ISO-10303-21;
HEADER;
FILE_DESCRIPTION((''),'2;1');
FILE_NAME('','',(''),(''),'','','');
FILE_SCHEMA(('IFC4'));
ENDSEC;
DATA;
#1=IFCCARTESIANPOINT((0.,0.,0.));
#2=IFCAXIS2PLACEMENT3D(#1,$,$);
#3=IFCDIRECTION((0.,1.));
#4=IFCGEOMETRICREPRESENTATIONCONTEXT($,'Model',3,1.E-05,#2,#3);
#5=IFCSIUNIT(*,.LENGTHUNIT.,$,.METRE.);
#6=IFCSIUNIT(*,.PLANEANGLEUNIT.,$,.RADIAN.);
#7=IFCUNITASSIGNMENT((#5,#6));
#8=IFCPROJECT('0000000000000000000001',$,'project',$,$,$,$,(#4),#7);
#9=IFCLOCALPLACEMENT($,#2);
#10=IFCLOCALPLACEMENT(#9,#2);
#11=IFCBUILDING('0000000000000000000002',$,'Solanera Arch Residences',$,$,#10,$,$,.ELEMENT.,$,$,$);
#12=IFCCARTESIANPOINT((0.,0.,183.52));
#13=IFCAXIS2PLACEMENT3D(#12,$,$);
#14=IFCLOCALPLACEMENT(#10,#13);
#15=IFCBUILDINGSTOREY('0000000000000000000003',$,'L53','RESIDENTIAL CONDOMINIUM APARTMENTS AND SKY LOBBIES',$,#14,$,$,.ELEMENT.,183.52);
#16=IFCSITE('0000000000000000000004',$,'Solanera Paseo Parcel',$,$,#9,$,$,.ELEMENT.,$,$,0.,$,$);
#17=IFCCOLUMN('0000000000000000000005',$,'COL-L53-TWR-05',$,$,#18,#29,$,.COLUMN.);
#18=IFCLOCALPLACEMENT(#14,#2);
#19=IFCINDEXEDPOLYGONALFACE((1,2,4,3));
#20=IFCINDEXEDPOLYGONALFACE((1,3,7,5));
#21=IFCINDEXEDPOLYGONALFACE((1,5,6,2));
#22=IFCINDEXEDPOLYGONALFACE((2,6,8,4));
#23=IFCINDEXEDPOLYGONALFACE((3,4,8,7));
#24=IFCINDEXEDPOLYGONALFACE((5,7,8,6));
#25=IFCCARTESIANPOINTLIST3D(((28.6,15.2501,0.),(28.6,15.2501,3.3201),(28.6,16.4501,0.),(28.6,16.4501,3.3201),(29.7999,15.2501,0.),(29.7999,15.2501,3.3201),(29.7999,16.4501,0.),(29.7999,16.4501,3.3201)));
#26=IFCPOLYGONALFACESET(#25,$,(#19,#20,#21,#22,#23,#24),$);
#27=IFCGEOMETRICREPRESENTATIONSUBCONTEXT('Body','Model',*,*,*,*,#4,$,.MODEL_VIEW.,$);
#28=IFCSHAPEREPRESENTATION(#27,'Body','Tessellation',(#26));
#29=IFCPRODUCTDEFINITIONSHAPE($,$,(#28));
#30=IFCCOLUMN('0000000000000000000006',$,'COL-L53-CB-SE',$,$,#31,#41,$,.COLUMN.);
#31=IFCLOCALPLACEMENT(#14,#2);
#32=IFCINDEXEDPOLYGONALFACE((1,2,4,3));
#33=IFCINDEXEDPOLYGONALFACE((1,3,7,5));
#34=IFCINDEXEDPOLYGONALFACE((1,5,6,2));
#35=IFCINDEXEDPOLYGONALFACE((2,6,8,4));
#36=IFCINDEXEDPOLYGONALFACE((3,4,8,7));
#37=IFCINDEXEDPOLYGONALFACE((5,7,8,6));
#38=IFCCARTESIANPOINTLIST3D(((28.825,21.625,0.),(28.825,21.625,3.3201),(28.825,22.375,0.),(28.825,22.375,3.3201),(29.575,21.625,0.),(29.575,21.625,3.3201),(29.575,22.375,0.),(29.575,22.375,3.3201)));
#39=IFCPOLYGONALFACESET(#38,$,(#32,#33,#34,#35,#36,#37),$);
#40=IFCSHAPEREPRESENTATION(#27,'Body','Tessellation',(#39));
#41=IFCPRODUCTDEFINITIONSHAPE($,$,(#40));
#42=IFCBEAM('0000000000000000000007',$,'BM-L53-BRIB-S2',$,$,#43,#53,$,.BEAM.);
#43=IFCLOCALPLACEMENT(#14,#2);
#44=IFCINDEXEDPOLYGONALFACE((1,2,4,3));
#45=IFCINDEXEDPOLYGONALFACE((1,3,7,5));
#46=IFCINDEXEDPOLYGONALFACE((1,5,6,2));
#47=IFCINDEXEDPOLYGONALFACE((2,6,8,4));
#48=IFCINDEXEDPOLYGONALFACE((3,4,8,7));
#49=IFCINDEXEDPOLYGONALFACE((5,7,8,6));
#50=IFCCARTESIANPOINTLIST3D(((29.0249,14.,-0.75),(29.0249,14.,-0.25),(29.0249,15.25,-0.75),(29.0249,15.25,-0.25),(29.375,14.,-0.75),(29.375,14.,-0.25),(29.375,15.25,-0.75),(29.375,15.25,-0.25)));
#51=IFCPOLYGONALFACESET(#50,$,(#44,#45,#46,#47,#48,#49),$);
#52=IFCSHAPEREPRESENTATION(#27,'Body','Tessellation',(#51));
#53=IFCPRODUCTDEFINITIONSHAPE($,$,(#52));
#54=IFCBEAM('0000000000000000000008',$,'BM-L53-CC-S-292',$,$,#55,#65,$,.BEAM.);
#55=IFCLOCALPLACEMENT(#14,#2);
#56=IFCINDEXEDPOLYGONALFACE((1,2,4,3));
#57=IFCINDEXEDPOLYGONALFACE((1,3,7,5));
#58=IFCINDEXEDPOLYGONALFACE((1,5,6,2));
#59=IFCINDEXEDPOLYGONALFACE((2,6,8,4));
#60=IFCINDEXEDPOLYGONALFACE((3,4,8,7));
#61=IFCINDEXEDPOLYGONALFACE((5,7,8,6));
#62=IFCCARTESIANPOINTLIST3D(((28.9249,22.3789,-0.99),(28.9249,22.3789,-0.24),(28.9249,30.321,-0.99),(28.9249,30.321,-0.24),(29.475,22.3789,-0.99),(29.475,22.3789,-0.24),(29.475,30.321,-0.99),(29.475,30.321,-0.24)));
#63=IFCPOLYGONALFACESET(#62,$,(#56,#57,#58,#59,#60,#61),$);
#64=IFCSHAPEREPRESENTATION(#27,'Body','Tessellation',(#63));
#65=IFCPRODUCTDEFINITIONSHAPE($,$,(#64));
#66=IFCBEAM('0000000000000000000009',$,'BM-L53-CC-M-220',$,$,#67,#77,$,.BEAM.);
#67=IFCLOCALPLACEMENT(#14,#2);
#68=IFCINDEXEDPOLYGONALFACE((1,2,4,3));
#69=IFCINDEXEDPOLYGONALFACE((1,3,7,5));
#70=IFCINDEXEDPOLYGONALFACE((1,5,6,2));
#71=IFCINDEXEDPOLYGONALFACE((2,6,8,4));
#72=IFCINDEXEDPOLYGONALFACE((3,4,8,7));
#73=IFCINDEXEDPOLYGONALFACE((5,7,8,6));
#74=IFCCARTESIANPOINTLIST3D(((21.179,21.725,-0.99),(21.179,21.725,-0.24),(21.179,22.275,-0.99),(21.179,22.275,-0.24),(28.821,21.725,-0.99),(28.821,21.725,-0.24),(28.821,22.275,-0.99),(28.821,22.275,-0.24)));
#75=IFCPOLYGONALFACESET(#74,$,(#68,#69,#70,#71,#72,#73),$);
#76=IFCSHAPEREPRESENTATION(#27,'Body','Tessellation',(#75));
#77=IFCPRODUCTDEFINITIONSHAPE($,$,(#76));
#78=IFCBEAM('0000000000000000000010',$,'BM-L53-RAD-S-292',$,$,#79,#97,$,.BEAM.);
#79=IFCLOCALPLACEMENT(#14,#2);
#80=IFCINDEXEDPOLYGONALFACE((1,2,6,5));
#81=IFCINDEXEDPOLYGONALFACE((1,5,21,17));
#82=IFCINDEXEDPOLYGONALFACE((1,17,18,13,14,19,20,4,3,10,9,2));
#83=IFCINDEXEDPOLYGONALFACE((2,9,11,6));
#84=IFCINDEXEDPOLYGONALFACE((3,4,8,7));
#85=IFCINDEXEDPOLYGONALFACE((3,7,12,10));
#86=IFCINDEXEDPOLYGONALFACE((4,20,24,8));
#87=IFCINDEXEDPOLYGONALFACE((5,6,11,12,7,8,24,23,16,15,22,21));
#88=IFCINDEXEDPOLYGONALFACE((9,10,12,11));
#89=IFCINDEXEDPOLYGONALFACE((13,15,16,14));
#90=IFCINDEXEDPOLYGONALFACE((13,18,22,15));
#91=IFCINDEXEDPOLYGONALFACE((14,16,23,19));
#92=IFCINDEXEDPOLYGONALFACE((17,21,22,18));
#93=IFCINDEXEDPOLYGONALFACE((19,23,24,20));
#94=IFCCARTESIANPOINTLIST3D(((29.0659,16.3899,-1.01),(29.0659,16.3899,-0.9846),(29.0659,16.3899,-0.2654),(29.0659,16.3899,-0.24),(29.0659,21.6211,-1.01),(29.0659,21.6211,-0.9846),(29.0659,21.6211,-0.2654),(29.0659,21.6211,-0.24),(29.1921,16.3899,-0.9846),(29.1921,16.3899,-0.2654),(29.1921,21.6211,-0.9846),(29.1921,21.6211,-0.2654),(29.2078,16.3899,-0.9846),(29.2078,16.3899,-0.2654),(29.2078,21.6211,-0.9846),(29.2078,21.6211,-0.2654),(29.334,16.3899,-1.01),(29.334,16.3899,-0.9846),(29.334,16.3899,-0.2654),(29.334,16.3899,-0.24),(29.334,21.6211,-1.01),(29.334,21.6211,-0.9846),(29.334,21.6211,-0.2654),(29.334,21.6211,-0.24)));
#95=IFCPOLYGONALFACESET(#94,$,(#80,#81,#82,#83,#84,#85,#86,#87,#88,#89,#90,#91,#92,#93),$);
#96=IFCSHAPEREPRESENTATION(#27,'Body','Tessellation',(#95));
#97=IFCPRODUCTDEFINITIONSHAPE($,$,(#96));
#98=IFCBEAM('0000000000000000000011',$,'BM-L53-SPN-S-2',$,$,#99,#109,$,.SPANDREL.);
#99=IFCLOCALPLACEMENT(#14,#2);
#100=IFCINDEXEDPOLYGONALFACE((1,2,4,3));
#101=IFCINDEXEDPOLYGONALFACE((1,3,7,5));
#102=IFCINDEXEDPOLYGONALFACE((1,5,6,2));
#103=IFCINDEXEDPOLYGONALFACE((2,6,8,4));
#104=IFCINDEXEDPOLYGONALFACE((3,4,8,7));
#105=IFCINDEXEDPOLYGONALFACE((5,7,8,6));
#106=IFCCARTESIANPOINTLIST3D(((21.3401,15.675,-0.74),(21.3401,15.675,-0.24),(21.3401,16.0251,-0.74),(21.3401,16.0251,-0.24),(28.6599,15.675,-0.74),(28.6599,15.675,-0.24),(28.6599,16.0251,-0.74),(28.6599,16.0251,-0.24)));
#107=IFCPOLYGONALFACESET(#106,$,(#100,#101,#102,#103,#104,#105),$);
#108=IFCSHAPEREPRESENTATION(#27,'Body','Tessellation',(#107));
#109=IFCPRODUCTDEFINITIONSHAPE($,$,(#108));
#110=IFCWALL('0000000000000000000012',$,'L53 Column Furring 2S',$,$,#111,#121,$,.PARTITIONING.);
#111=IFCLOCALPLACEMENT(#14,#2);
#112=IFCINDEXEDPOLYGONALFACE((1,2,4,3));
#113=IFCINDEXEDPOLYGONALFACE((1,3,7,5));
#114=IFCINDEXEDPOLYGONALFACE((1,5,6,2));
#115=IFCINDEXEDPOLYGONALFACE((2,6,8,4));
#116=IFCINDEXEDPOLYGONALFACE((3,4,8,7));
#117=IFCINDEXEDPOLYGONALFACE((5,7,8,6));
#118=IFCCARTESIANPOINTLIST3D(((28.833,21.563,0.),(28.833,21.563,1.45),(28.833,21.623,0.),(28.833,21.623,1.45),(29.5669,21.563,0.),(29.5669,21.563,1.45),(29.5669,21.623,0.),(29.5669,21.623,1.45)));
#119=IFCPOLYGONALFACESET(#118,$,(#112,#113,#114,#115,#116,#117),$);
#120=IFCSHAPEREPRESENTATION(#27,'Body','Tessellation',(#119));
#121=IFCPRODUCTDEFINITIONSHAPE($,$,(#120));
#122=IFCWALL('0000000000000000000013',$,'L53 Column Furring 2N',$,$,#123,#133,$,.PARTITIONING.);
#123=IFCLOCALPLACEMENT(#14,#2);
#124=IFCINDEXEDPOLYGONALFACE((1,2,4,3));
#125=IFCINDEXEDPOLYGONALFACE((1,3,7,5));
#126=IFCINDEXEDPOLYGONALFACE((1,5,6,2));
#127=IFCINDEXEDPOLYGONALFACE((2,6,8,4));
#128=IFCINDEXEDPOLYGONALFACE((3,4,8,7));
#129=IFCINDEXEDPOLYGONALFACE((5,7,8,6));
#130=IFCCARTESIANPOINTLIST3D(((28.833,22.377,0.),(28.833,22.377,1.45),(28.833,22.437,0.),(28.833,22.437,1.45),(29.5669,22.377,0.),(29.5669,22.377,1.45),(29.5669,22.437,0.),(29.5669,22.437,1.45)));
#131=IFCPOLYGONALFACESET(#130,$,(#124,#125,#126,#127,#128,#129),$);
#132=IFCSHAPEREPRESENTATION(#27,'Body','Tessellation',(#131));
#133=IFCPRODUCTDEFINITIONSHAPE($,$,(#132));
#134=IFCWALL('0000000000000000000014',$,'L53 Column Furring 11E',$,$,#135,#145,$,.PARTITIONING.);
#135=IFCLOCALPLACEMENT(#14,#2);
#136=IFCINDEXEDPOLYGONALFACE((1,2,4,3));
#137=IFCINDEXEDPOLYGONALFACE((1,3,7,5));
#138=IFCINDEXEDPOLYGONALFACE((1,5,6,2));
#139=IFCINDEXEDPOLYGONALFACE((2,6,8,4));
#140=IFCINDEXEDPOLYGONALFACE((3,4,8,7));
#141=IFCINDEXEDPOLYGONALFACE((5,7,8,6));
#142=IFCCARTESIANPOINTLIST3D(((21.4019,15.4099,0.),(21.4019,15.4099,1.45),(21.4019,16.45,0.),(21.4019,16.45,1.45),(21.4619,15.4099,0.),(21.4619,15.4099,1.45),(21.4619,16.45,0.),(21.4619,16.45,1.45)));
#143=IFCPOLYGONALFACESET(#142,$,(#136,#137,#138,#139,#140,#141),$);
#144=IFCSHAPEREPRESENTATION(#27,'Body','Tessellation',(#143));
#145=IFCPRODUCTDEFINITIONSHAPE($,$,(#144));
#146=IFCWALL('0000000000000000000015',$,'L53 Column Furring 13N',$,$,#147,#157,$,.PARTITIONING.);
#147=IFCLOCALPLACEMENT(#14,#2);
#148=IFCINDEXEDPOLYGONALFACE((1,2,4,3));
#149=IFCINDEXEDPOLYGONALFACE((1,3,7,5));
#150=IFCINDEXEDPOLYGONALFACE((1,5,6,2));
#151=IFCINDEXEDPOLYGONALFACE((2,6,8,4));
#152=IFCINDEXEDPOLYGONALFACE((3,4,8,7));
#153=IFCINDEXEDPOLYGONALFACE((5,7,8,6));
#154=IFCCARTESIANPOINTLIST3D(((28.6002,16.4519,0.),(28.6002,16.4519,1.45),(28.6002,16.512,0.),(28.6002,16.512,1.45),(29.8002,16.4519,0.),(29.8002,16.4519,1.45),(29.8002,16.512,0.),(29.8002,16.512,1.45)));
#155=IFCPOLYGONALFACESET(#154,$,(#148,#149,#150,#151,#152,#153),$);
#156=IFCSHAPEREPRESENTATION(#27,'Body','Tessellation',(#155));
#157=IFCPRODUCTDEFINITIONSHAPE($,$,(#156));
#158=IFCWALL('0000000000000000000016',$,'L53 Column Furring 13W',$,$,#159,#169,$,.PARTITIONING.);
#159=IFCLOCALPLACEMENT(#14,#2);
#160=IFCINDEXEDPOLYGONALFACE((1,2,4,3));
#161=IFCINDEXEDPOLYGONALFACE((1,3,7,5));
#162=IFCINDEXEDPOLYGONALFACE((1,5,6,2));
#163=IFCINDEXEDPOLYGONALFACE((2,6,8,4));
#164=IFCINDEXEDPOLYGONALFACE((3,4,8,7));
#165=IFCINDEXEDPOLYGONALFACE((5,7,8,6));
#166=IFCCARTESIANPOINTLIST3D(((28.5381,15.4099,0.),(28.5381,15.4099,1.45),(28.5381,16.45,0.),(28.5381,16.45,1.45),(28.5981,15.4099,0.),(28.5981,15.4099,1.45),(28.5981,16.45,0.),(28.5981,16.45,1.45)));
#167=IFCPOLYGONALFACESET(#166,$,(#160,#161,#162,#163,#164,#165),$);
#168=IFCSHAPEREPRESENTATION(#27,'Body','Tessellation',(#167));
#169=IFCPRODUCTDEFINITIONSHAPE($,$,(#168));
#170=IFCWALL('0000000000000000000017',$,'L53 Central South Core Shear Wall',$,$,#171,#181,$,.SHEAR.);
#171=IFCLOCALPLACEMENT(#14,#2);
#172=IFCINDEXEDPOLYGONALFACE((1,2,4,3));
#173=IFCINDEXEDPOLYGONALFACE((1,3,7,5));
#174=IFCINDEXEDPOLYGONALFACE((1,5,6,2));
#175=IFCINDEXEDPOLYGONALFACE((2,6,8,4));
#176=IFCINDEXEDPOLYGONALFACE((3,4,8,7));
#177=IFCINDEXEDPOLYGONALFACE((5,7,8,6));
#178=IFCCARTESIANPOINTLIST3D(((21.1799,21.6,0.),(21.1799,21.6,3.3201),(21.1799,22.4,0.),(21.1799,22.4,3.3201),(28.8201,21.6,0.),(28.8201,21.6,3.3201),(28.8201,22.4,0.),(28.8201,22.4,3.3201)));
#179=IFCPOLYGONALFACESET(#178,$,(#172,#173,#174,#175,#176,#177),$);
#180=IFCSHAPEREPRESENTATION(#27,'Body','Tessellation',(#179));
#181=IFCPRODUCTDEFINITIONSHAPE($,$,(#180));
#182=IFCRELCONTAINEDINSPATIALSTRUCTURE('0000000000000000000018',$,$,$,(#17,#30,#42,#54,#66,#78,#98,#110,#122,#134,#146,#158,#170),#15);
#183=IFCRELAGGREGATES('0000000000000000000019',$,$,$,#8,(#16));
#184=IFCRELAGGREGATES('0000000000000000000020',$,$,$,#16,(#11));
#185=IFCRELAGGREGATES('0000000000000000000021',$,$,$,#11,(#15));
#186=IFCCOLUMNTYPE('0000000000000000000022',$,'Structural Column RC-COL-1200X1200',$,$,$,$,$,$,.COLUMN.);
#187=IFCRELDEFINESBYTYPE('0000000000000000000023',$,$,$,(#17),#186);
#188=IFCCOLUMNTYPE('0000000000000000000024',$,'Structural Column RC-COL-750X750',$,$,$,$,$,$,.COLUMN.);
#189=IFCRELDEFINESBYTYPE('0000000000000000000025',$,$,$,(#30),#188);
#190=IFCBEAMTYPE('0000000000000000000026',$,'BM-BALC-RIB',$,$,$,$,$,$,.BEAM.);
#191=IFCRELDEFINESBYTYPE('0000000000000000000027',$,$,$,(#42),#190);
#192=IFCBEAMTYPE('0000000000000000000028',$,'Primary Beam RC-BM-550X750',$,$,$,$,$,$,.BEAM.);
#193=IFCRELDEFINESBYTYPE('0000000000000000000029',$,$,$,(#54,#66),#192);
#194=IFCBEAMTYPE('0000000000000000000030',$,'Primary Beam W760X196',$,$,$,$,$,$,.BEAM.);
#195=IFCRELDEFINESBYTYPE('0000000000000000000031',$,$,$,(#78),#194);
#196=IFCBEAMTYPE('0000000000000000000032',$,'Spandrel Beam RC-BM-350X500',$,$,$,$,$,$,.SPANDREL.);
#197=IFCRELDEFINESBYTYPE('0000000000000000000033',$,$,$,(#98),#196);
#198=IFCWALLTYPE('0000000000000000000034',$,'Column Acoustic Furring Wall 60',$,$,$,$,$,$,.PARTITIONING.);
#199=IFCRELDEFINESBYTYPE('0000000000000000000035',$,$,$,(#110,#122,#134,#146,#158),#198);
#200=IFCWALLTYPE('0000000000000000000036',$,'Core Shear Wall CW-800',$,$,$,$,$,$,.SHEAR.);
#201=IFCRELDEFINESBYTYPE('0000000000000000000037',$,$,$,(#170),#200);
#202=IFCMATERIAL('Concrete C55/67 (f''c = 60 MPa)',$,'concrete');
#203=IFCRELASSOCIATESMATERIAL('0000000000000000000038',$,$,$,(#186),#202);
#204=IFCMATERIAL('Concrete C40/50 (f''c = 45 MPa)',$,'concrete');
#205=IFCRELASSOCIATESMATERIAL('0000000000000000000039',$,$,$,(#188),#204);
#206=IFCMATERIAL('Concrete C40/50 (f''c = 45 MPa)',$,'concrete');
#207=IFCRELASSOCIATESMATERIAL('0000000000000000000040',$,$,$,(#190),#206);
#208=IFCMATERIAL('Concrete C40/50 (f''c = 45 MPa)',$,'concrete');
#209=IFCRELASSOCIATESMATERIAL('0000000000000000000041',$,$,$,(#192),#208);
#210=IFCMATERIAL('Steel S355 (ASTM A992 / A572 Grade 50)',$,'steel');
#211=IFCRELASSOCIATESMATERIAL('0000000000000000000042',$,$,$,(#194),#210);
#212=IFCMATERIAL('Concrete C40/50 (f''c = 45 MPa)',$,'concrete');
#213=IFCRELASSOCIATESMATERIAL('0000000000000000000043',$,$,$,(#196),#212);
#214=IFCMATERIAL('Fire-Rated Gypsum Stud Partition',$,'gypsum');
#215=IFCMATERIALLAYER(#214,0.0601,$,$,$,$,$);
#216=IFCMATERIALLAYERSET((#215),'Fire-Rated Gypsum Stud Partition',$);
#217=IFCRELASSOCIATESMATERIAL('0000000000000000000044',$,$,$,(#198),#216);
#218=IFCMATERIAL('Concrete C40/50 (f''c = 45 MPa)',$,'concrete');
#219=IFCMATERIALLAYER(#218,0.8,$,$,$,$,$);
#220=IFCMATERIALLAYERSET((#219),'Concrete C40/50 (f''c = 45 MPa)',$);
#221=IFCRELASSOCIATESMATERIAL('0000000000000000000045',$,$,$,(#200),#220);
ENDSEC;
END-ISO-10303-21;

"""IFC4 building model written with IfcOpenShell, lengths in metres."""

from ifc_helpers import new_model, si_unit, direction, frame, frame_2d, origin, origin_2d, place, context, subcontext, project, spatial, rectangle, i_section, extrude, material, layer, layer_set, material_profile, profile_set, type_object, element, save


model = new_model("IFC4")

# Units and contexts
model_context = context("Model", 3, precision=1e-05, world=origin(), true_north=direction((0.0, 1.0)))
body_context = subcontext(model_context, "Body", "Model", "MODEL_VIEW")
ifc_project = project(units=[si_unit("LENGTHUNIT", "METRE"), si_unit("PLANEANGLEUNIT", "RADIAN")], contexts=[model_context])

# Site, building, storey
site_placement = place(None, origin())
site = spatial("IfcSite", under=ifc_project, at=site_placement, Name="Solanera Paseo Parcel", CompositionType="ELEMENT", RefElevation=0.0)
building_placement = place(site_placement, origin())
building = spatial("IfcBuilding", under=site, at=building_placement, Name="Solanera Arch Residences", CompositionType="ELEMENT")
storey_placement = place(building_placement, frame((0.0, 0.0, 183.52)))
storey = spatial("IfcBuildingStorey", under=building, at=storey_placement, Name="L53", Description="RESIDENTIAL CONDOMINIUM APARTMENTS AND SKY LOBBIES", CompositionType="ELEMENT", Elevation=183.52)

# Columns
ifc_material_1 = material(Name="Concrete C55/67 (f'c = 60 MPa)", Category="concrete")
ifc_material_profile_1 = material_profile(ifc_material_1, rectangle(XDim=1.2, YDim=1.2, at=origin_2d()))
ifc_profile_set_1 = profile_set([ifc_material_profile_1], Name="Concrete C55/67 (f'c = 60 MPa)")
column_type_1 = type_object("IfcColumnType", Name="Structural Column RC-COL-1200X1200", PredefinedType="COLUMN", material=ifc_profile_set_1)
column_1_placement = place(storey_placement, frame((29.2, 15.8501, 0.0), z_axis=(0.0, 0.0, 1.0), x_axis=(1.0, 0.0, 0.0)))
element("IfcColumn", 1, at=column_1_placement, inside=storey, type_object=column_type_1, Name="COL-L53-TWR-05", PredefinedType="COLUMN", context=body_context, shape_type="SweptSolid", body=[
    extrude(rectangle(XDim=1.2, YDim=1.2, at=origin_2d()), origin(), (0.0, 0.0, 1.0), 3.3201),
])
ifc_material_2 = material(Name="Concrete C40/50 (f'c = 45 MPa)", Category="concrete")
ifc_material_profile_2 = material_profile(ifc_material_2, rectangle(XDim=0.75, YDim=0.75, at=origin_2d()))
ifc_profile_set_2 = profile_set([ifc_material_profile_2], Name="Concrete C40/50 (f'c = 45 MPa)")
column_type_2 = type_object("IfcColumnType", Name="Structural Column RC-COL-750X750", PredefinedType="COLUMN", material=ifc_profile_set_2)
column_2_placement = place(storey_placement, frame((29.2, 22.0, 0.0), z_axis=(0.0, 0.0, 1.0), x_axis=(1.0, 0.0, 0.0)))
element("IfcColumn", 2, at=column_2_placement, inside=storey, type_object=column_type_2, Name="COL-L53-CB-SE", PredefinedType="COLUMN", context=body_context, shape_type="SweptSolid", body=[
    extrude(rectangle(XDim=0.75, YDim=0.75, at=origin_2d()), origin(), (0.0, 0.0, 1.0), 3.3201),
])

# Beams
ifc_material_3 = material(Name="Concrete C40/50 (f'c = 45 MPa)", Category="concrete")
ifc_material_profile_3 = material_profile(ifc_material_3, rectangle(XDim=0.3501, YDim=0.5, at=origin_2d()))
ifc_profile_set_3 = profile_set([ifc_material_profile_3], Name="Concrete C40/50 (f'c = 45 MPa)")
beam_type_1 = type_object("IfcBeamType", Name="BM-BALC-RIB", PredefinedType="BEAM", material=ifc_profile_set_3)
beam_1_placement = place(storey_placement, frame((29.2, 14.0, -0.5), z_axis=(0.0, 1.0, 0.0), x_axis=(-1.0, 0.0, 0.0)))
element("IfcBeam", 3, at=beam_1_placement, inside=storey, type_object=beam_type_1, Name="BM-L53-BRIB-S2", PredefinedType="BEAM", context=body_context, shape_type="SweptSolid", body=[
    extrude(rectangle(XDim=0.3501, YDim=0.5, at=origin_2d()), origin(), (0.0, 0.0, 1.0), 1.25),
])
ifc_material_4 = material(Name="Concrete C40/50 (f'c = 45 MPa)", Category="concrete")
ifc_material_profile_4 = material_profile(ifc_material_4, rectangle(XDim=0.55, YDim=0.75, at=origin_2d()))
ifc_profile_set_4 = profile_set([ifc_material_profile_4], Name="Concrete C40/50 (f'c = 45 MPa)")
beam_type_2 = type_object("IfcBeamType", Name="Primary Beam RC-BM-550X750", PredefinedType="BEAM", material=ifc_profile_set_4)
beam_2_placement = place(storey_placement, frame((29.2, 22.3789, -0.615), z_axis=(0.0, 1.0, 0.0), x_axis=(-1.0, 0.0, 0.0)))
element("IfcBeam", 4, at=beam_2_placement, inside=storey, type_object=beam_type_2, Name="BM-L53-CC-S-292", PredefinedType="BEAM", context=body_context, shape_type="SweptSolid", body=[
    extrude(rectangle(XDim=0.55, YDim=0.75, at=origin_2d()), origin(), (0.0, 0.0, 1.0), 7.9421),
])
beam_3_placement = place(storey_placement, frame((21.179, 22.0, -0.615), z_axis=(1.0, 0.0, 0.0), x_axis=(0.0, 1.0, 0.0)))
element("IfcBeam", 5, at=beam_3_placement, inside=storey, type_object=beam_type_2, Name="BM-L53-CC-M-220", PredefinedType="BEAM", context=body_context, shape_type="SweptSolid", body=[
    extrude(rectangle(XDim=0.55, YDim=0.75, at=origin_2d()), origin(), (0.0, 0.0, 1.0), 7.6421),
])
ifc_material_5 = material(Name="Steel S355 (ASTM A992 / A572 Grade 50)", Category="steel")
ifc_material_profile_5 = material_profile(ifc_material_5, i_section(OverallWidth=0.2681, OverallDepth=0.77, WebThickness=0.0156, FlangeThickness=0.0254, at=origin_2d()))
ifc_profile_set_5 = profile_set([ifc_material_profile_5], Name="Steel S355 (ASTM A992 / A572 Grade 50)")
beam_type_3 = type_object("IfcBeamType", Name="Primary Beam W760X196", PredefinedType="BEAM", material=ifc_profile_set_5)
beam_4_placement = place(storey_placement, frame((29.2, 16.3899, -0.625), z_axis=(0.0, 1.0, 0.0), x_axis=(-1.0, 0.0, 0.0)))
element("IfcBeam", 6, at=beam_4_placement, inside=storey, type_object=beam_type_3, Name="BM-L53-RAD-S-292", PredefinedType="BEAM", context=body_context, shape_type="SweptSolid", body=[
    extrude(i_section(OverallWidth=0.2681, OverallDepth=0.77, WebThickness=0.0156, FlangeThickness=0.0254, at=origin_2d()), origin(), (0.0, 0.0, 1.0), 5.2312),
])
ifc_material_6 = material(Name="Concrete C40/50 (f'c = 45 MPa)", Category="concrete")
ifc_material_profile_6 = material_profile(ifc_material_6, rectangle(XDim=0.3501, YDim=0.5, at=origin_2d()))
ifc_profile_set_6 = profile_set([ifc_material_profile_6], Name="Concrete C40/50 (f'c = 45 MPa)")
beam_type_4 = type_object("IfcBeamType", Name="Spandrel Beam RC-BM-350X500", PredefinedType="SPANDREL", material=ifc_profile_set_6)
beam_5_placement = place(storey_placement, frame((21.3401, 15.8501, -0.49), z_axis=(1.0, 0.0, 0.0), x_axis=(0.0, 1.0, 0.0)))
element("IfcBeam", 7, at=beam_5_placement, inside=storey, type_object=beam_type_4, Name="BM-L53-SPN-S-2", PredefinedType="SPANDREL", context=body_context, shape_type="SweptSolid", body=[
    extrude(rectangle(XDim=0.3501, YDim=0.5, at=origin_2d()), origin(), (0.0, 0.0, 1.0), 7.3198),
])

# Walls
ifc_material_7 = material(Name="Fire-Rated Gypsum Stud Partition", Category="gypsum")
ifc_layer_1 = layer(ifc_material_7, 0.0601)
ifc_layer_set_1 = layer_set([ifc_layer_1], Name="Fire-Rated Gypsum Stud Partition")
wall_type_1 = type_object("IfcWallType", Name="Column Acoustic Furring Wall 60", PredefinedType="PARTITIONING", material=ifc_layer_set_1)
for number, where, z_axis, x_axis, name in (
    (8, (28.833, 21.593, 0.0), (0.0, 0.0, 1.0), (1.0, 0.0, 0.0), "L53 Column Furring 2S"),
    (9, (28.833, 22.407, 0.0), (0.0, 0.0, 1.0), (1.0, 0.0, 0.0), "L53 Column Furring 2N"),
):
    element("IfcWall", number, at=place(storey_placement, frame(where, z_axis=z_axis, x_axis=x_axis)), inside=storey, type_object=wall_type_1, Name=name, PredefinedType="PARTITIONING", context=body_context, shape_type="SweptSolid", body=[
        extrude(rectangle(XDim=0.7339, YDim=0.0601, at=frame_2d((0.3669, 0.0))), origin(), (0.0, 0.0, 1.0), 1.45),
    ])
wall_1_placement = place(storey_placement, frame((21.4319, 15.4099, 0.0), z_axis=(0.0, 0.0, 1.0), x_axis=(0.0, 1.0, 0.0)))
element("IfcWall", 10, at=wall_1_placement, inside=storey, type_object=wall_type_1, Name="L53 Column Furring 11E", PredefinedType="PARTITIONING", context=body_context, shape_type="SweptSolid", body=[
    extrude(rectangle(XDim=1.04, YDim=0.0601, at=frame_2d((0.52, 0.0))), origin(), (0.0, 0.0, 1.0), 1.45),
])
wall_2_placement = place(storey_placement, frame((28.6001, 16.4819, 0.0), z_axis=(0.0, 0.0, 1.0), x_axis=(1.0, 0.0, 0.0)))
element("IfcWall", 11, at=wall_2_placement, inside=storey, type_object=wall_type_1, Name="L53 Column Furring 13N", PredefinedType="PARTITIONING", context=body_context, shape_type="SweptSolid", body=[
    extrude(rectangle(XDim=1.2, YDim=0.0601, at=frame_2d((0.6001, 0.0))), origin(), (0.0, 0.0, 1.0), 1.45),
])
wall_3_placement = place(storey_placement, frame((28.5681, 15.4099, 0.0), z_axis=(0.0, 0.0, 1.0), x_axis=(0.0, 1.0, 0.0)))
element("IfcWall", 12, at=wall_3_placement, inside=storey, type_object=wall_type_1, Name="L53 Column Furring 13W", PredefinedType="PARTITIONING", context=body_context, shape_type="SweptSolid", body=[
    extrude(rectangle(XDim=1.04, YDim=0.0601, at=frame_2d((0.52, 0.0))), origin(), (0.0, 0.0, 1.0), 1.45),
])
ifc_material_8 = material(Name="Concrete C40/50 (f'c = 45 MPa)", Category="concrete")
ifc_layer_2 = layer(ifc_material_8, 0.8)
ifc_layer_set_2 = layer_set([ifc_layer_2], Name="Concrete C40/50 (f'c = 45 MPa)")
wall_type_2 = type_object("IfcWallType", Name="Core Shear Wall CW-800", PredefinedType="SHEAR", material=ifc_layer_set_2)
wall_4_placement = place(storey_placement, frame((21.1799, 22.0, 0.0), z_axis=(0.0, 0.0, 1.0), x_axis=(1.0, 0.0, 0.0)))
element("IfcWall", 13, at=wall_4_placement, inside=storey, type_object=wall_type_2, Name="L53 Central South Core Shear Wall", PredefinedType="SHEAR", context=body_context, shape_type="SweptSolid", body=[
    extrude(rectangle(XDim=7.6401, YDim=0.8, at=frame_2d((3.8201, 0.0))), origin(), (0.0, 0.0, 1.0), 3.3201),
])

save(model, "model.ifc")
